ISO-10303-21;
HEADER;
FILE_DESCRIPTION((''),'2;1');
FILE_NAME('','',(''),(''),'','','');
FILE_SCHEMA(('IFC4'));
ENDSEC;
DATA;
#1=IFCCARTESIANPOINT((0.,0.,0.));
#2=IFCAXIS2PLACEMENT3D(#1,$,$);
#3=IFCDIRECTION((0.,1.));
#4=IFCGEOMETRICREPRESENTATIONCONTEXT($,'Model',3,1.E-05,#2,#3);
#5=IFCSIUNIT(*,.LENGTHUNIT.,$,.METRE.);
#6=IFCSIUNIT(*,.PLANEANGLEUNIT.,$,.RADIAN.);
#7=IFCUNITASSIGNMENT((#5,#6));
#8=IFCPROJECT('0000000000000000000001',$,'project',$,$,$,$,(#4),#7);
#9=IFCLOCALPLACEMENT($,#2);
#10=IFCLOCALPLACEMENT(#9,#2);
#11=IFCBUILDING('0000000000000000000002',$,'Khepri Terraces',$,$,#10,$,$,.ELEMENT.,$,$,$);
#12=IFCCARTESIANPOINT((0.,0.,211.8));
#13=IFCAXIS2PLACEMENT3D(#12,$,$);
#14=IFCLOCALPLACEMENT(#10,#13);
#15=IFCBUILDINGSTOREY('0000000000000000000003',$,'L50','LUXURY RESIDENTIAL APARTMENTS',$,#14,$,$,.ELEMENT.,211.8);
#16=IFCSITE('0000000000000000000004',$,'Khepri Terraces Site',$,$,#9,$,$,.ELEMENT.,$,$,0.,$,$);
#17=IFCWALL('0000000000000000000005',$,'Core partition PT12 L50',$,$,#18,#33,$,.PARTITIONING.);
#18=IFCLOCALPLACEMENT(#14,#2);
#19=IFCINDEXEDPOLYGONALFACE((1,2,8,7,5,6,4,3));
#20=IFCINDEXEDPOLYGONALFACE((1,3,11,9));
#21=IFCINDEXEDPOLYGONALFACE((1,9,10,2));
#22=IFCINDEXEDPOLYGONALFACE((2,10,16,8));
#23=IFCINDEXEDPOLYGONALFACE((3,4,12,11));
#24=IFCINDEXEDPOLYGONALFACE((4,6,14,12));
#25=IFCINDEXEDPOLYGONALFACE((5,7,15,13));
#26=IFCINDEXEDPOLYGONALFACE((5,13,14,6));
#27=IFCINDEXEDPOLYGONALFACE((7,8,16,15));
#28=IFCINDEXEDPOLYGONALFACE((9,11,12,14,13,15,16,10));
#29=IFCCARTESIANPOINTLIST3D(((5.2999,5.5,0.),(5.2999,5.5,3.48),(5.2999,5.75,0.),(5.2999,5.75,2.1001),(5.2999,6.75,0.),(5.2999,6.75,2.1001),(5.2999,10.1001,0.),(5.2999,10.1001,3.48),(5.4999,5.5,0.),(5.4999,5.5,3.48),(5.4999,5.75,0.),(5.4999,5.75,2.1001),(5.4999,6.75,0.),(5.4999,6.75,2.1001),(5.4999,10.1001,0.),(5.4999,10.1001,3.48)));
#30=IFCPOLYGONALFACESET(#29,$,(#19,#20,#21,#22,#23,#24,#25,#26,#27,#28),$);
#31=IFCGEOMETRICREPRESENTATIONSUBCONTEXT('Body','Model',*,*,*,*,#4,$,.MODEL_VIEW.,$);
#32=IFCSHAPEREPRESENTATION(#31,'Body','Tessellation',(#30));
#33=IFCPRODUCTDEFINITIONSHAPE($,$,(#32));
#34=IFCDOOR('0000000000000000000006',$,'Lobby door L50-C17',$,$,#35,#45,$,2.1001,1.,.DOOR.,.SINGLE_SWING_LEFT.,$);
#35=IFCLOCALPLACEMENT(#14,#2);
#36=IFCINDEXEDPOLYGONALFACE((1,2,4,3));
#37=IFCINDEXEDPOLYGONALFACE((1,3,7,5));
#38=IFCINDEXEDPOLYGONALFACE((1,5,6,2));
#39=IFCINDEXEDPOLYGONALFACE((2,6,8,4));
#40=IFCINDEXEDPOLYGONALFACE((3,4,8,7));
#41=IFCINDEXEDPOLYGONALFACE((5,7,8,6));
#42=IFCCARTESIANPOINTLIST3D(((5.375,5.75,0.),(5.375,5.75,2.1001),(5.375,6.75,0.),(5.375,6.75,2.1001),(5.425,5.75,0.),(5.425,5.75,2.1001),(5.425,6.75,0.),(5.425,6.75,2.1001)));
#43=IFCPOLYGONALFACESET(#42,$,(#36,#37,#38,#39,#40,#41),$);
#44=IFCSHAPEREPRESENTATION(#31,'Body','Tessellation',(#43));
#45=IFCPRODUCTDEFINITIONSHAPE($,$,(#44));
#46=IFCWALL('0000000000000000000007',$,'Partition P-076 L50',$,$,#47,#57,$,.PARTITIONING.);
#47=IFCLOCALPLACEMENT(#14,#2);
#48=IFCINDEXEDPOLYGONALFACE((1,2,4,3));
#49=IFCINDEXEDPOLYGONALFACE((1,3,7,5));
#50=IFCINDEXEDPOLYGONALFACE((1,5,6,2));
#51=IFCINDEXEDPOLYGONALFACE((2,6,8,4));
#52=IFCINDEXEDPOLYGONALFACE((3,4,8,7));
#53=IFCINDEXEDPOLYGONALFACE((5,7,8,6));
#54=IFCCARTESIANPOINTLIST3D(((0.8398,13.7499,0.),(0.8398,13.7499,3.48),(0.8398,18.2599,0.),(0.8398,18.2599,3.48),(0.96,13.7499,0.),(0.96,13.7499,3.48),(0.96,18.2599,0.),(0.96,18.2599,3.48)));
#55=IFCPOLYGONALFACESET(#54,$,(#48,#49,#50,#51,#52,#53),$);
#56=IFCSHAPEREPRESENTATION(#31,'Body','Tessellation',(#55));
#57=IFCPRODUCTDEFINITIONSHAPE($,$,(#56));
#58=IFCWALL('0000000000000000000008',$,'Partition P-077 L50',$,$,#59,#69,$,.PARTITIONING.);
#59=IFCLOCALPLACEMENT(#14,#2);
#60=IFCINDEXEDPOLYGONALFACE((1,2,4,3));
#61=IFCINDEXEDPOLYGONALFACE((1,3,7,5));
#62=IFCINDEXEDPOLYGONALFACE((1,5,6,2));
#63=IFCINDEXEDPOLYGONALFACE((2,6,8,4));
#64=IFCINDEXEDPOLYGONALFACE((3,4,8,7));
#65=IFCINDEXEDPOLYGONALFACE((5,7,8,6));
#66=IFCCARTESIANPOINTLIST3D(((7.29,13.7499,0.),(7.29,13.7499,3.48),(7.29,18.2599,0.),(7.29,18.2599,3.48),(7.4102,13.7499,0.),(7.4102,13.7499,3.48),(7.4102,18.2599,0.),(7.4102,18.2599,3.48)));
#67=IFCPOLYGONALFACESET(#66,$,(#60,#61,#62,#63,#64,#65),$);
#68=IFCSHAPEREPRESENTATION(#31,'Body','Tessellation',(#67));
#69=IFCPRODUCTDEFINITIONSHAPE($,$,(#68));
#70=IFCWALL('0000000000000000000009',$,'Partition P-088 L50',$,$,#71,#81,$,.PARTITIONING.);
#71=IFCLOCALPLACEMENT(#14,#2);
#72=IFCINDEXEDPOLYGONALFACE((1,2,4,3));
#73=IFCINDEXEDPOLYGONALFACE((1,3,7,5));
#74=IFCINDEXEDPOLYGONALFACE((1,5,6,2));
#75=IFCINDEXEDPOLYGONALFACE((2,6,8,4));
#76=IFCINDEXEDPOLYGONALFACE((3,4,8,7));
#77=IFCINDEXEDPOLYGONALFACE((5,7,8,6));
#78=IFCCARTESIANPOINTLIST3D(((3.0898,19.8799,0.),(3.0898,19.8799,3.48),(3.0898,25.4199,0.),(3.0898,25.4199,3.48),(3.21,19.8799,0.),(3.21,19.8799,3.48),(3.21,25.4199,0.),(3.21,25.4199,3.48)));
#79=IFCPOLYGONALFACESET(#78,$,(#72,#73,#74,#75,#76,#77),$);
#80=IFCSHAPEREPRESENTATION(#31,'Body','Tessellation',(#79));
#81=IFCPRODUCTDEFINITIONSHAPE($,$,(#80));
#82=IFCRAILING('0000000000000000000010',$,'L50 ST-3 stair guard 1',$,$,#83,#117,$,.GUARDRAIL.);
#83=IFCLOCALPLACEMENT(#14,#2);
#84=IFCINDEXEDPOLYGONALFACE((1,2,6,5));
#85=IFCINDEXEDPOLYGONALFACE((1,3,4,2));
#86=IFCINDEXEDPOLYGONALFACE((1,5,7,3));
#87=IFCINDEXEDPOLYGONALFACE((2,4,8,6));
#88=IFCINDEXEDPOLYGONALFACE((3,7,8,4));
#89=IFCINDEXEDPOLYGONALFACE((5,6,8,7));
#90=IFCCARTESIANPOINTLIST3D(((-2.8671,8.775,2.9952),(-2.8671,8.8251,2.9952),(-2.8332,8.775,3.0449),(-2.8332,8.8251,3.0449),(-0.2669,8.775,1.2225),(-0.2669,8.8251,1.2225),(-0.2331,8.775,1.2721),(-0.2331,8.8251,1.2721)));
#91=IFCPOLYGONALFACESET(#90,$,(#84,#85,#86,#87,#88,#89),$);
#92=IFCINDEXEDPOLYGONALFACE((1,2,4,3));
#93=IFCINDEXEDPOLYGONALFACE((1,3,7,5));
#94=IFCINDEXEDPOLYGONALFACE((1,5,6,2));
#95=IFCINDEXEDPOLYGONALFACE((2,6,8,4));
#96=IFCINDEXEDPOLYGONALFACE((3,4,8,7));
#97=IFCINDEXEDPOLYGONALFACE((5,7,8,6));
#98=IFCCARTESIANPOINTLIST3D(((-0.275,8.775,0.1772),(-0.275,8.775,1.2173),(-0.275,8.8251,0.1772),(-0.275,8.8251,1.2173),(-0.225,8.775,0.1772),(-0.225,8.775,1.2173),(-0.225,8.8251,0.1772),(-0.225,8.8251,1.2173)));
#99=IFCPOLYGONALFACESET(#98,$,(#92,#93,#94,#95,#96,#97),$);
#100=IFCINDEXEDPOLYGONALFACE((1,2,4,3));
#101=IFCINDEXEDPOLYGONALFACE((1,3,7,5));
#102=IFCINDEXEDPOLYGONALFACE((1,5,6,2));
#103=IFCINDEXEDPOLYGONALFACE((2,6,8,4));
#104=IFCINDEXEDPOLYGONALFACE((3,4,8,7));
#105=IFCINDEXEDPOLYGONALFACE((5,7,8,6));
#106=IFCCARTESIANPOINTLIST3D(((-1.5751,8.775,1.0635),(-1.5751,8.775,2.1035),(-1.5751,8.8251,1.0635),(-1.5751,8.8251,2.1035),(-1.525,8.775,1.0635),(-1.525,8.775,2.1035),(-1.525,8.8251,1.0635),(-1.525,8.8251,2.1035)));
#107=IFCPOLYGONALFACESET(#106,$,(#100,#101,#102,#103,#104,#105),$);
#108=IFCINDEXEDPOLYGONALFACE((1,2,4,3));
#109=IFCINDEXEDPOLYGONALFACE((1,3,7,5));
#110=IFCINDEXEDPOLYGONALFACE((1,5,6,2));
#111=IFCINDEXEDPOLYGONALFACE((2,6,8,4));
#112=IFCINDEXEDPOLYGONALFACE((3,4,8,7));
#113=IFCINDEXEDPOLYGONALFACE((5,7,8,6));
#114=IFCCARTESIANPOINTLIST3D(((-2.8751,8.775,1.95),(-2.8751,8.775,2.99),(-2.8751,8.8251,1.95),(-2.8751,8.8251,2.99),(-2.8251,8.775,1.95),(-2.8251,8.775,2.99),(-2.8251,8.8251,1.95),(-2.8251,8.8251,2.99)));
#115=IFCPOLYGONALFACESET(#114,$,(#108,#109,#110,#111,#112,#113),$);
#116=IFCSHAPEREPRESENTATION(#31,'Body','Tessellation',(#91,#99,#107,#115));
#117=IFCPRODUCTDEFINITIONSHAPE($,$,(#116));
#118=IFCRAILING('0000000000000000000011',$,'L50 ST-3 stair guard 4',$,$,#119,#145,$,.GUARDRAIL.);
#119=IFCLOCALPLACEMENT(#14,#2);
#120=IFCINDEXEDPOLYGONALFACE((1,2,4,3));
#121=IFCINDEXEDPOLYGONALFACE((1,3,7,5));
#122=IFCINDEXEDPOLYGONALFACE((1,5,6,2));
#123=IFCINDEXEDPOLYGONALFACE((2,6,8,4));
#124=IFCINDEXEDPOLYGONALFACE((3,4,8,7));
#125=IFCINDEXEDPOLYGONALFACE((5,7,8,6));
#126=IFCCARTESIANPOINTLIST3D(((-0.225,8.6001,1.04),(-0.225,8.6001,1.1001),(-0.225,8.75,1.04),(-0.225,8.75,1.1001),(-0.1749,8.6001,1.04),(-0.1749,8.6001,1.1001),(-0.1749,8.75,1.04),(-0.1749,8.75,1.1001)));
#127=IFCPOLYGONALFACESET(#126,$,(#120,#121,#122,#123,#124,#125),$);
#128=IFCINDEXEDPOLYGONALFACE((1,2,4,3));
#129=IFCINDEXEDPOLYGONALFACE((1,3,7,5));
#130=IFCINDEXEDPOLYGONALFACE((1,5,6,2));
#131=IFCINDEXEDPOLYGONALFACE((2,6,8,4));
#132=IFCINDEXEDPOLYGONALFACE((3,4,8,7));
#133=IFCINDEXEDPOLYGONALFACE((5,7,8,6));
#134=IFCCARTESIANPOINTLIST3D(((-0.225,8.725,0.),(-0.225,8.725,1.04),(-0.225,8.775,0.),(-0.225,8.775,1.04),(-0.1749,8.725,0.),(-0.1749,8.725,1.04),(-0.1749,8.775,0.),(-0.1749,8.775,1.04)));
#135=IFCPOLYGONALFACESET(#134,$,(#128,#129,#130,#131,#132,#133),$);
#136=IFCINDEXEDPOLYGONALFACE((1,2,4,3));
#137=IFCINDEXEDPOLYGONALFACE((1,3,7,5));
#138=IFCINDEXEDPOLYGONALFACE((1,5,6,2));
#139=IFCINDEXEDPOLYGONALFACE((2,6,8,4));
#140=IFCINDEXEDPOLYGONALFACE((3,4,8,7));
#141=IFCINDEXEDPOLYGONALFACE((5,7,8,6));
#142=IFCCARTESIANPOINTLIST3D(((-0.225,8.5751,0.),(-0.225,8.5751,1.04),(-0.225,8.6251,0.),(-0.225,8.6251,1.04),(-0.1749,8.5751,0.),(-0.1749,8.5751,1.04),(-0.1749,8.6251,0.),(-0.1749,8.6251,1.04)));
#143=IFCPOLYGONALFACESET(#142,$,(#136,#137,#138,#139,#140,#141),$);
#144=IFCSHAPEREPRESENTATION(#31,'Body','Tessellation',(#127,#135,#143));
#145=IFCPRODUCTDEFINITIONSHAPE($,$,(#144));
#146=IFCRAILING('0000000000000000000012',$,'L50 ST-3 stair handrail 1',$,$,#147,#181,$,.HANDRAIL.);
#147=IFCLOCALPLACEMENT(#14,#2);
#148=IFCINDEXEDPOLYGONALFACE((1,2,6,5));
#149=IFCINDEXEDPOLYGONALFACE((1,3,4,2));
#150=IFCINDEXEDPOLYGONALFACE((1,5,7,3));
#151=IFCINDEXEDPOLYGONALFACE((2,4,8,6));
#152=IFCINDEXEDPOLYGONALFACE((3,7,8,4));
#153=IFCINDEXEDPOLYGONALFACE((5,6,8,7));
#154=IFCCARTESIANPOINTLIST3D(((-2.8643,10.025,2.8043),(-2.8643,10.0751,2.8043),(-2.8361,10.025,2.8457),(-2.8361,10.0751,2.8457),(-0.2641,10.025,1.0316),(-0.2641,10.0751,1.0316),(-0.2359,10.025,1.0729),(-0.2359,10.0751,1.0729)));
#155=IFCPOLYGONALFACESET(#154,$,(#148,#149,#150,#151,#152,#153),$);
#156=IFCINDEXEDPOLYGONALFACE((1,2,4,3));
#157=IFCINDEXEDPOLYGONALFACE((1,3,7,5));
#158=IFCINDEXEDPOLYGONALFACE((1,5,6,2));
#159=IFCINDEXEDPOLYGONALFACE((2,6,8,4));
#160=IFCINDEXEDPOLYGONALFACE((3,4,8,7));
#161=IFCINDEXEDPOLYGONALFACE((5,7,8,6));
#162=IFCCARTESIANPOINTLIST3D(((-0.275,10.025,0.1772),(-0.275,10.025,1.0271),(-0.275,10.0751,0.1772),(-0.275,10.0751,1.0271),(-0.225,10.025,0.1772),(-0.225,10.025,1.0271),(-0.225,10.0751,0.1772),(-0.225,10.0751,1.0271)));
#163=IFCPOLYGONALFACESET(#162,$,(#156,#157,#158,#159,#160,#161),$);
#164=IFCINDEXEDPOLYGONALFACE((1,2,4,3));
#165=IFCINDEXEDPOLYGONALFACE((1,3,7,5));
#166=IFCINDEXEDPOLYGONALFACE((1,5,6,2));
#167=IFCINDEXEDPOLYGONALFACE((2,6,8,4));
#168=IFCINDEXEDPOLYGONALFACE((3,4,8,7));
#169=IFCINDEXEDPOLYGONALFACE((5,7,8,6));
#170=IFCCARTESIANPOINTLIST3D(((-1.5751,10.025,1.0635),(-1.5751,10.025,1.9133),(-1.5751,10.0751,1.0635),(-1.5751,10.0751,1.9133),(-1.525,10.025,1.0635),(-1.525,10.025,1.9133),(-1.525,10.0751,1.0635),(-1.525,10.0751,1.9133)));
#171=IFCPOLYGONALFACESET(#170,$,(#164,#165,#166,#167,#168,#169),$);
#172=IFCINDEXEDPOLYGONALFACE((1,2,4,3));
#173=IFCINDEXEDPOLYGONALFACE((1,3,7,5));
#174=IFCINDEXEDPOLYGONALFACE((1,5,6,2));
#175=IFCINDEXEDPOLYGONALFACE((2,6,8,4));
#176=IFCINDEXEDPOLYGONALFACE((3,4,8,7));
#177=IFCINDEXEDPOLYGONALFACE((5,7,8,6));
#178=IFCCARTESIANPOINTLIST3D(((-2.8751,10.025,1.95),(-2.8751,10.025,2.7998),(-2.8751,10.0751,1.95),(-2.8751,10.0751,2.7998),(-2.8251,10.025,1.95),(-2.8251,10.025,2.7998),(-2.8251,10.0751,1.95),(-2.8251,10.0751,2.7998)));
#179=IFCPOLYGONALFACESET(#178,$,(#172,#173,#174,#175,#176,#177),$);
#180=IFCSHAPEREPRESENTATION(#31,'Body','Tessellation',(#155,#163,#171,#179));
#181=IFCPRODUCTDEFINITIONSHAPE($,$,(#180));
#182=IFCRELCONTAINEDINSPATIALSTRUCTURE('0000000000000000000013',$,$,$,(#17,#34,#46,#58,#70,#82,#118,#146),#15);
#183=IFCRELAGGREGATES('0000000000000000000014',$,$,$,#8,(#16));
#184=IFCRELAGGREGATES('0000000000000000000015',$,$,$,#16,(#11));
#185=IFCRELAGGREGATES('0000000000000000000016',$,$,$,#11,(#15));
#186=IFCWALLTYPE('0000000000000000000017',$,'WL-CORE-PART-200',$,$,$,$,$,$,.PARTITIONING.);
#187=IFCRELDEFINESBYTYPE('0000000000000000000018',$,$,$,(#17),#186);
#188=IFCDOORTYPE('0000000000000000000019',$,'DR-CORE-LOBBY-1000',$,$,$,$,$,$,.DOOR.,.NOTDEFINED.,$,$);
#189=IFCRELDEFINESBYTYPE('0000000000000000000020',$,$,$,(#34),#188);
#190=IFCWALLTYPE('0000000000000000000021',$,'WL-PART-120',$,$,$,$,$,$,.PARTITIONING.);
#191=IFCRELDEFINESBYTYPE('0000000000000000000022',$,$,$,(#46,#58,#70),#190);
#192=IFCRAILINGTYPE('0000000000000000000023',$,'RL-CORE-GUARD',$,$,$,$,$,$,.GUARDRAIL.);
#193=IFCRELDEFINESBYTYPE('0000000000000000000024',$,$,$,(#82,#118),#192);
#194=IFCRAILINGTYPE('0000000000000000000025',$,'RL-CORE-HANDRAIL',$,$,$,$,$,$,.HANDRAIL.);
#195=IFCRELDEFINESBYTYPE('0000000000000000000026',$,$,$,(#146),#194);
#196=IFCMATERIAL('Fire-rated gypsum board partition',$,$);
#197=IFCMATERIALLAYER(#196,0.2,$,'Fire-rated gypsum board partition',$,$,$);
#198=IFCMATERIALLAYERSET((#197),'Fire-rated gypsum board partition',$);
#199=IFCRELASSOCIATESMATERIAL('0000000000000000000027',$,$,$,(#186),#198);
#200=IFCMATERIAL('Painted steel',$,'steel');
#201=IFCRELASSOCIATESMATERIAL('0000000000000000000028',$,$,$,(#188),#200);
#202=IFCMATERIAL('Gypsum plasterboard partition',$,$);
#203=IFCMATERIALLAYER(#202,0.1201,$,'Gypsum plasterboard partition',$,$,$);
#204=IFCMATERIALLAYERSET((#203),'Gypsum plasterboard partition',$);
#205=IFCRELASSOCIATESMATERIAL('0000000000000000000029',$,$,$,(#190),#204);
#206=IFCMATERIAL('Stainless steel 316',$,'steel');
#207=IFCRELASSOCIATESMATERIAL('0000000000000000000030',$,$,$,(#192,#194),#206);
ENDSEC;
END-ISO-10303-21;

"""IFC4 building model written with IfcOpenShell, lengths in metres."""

from ifc_helpers import new_model, si_unit, direction, frame, frame_2d, origin, origin_2d, place, context, subcontext, project, spatial, rectangle, extrude, material, layer, layer_set, type_object, element, fill, save


model = new_model("IFC4")

# Units and contexts
model_context = context("Model", 3, precision=1e-05, world=origin(), true_north=direction((0.0, 1.0)))
body_context = subcontext(model_context, "Body", "Model", "MODEL_VIEW")
ifc_project = project(units=[si_unit("LENGTHUNIT", "METRE"), si_unit("PLANEANGLEUNIT", "RADIAN")], contexts=[model_context])

# Site, building, storey
site_placement = place(None, origin())
site = spatial("IfcSite", under=ifc_project, at=site_placement, Name="Khepri Terraces Site", CompositionType="ELEMENT", RefElevation=0.0)
building_placement = place(site_placement, origin())
building = spatial("IfcBuilding", under=site, at=building_placement, Name="Khepri Terraces", CompositionType="ELEMENT")
storey_placement = place(building_placement, frame((0.0, 0.0, 211.8)))
storey = spatial("IfcBuildingStorey", under=building, at=storey_placement, Name="L50", Description="LUXURY RESIDENTIAL APARTMENTS", CompositionType="ELEMENT", Elevation=211.8)

# Shared definitions
ifc_material_1 = material(Name="Painted steel", Category="steel")

# Wall, opening, door
ifc_material_2 = material(Name="Fire-rated gypsum board partition")
ifc_layer_1 = layer(ifc_material_2, 0.2, Name="Fire-rated gypsum board partition")
ifc_layer_set_1 = layer_set([ifc_layer_1], Name="Fire-rated gypsum board partition")
wall_type_1 = type_object("IfcWallType", Name="WL-CORE-PART-200", PredefinedType="PARTITIONING", material=ifc_layer_set_1)
wall_1_placement = place(storey_placement, frame((5.3999, 5.5, 0.0), z_axis=(0.0, 0.0, 1.0), x_axis=(0.0, 1.0, 0.0)))
wall_1 = element("IfcWall", 1, at=wall_1_placement, inside=storey, type_object=wall_type_1, Name="Core partition PT12 L50", PredefinedType="PARTITIONING", context=body_context, shape_type="SweptSolid", body=[
    extrude(rectangle(XDim=4.6001, YDim=0.2, at=frame_2d((2.3, 0.0))), origin(), (0.0, 0.0, 1.0), 3.48),
])
opening_1_placement = place(wall_1_placement, frame((0.25, 0.0, 0.0)))
opening_1 = element("IfcOpeningElement", 2, at=opening_1_placement, cuts=wall_1, PredefinedType="OPENING", context=body_context, shape_type="SweptSolid", body=[
    extrude(rectangle(XDim=1.0, YDim=2.1001, at=frame_2d((0.5, 1.05))), frame((0.0, 0.1099, 0.0), z_axis=(0.0, -1.0, 0.0), x_axis=(1.0, 0.0, 0.0)), (0.0, 0.0, 1.0), 0.22),
])
door_type_1 = type_object("IfcDoorType", Name="DR-CORE-LOBBY-1000", OperationType="NOTDEFINED", PredefinedType="DOOR", material=ifc_material_1)
door_1_placement = place(opening_1_placement, origin())
door_1 = element("IfcDoor", 3, at=door_1_placement, inside=storey, type_object=door_type_1, Name="Lobby door L50-C17", OperationType="SINGLE_SWING_LEFT", OverallHeight=2.1001, OverallWidth=1.0, PredefinedType="DOOR", context=body_context, shape_type="SweptSolid", body=[
    extrude(rectangle(XDim=1.0, YDim=2.1001, at=frame_2d((0.5, 1.05))), frame((0.0, 0.0249, 0.0), z_axis=(0.0, -1.0, 0.0), x_axis=(1.0, 0.0, 0.0)), (0.0, 0.0, 1.0), 0.05),
])
fill(opening_1, door_1)

# Walls
ifc_material_3 = material(Name="Gypsum plasterboard partition")
ifc_layer_2 = layer(ifc_material_3, 0.1201, Name="Gypsum plasterboard partition")
ifc_layer_set_2 = layer_set([ifc_layer_2], Name="Gypsum plasterboard partition")
wall_type_2 = type_object("IfcWallType", Name="WL-PART-120", PredefinedType="PARTITIONING", material=ifc_layer_set_2)
for number, where, z_axis, x_axis, name in (
    (4, (0.8999, 13.75, 0.0), (0.0, 0.0, 1.0), (0.0, 1.0, 0.0), "Partition P-076 L50"),
    (5, (7.3501, 13.75, 0.0), (0.0, 0.0, 1.0), (0.0, 1.0, 0.0), "Partition P-077 L50"),
):
    element("IfcWall", number, at=place(storey_placement, frame(where, z_axis=z_axis, x_axis=x_axis)), inside=storey, type_object=wall_type_2, Name=name, PredefinedType="PARTITIONING", context=body_context, shape_type="SweptSolid", body=[
        extrude(rectangle(XDim=4.51, YDim=0.1201, at=frame_2d((2.2549, 0.0))), origin(), (0.0, 0.0, 1.0), 3.48),
    ])
wall_2_placement = place(storey_placement, frame((3.1499, 19.8799, 0.0), z_axis=(0.0, 0.0, 1.0), x_axis=(0.0, 1.0, 0.0)))
element("IfcWall", 6, at=wall_2_placement, inside=storey, type_object=wall_type_2, Name="Partition P-088 L50", PredefinedType="PARTITIONING", context=body_context, shape_type="SweptSolid", body=[
    extrude(rectangle(XDim=5.54, YDim=0.1201, at=frame_2d((2.77, 0.0))), origin(), (0.0, 0.0, 1.0), 3.48),
])

# Railings
ifc_material_4 = material(Name="Stainless steel 316", Category="steel")
railing_type_1 = type_object("IfcRailingType", Name="RL-CORE-GUARD", PredefinedType="GUARDRAIL", material=ifc_material_4)
railing_1_placement = place(storey_placement, frame((-0.25, 8.8, 0.1772)))
element("IfcRailing", 7, at=railing_1_placement, inside=storey, type_object=railing_type_1, Name="L50 ST-3 stair guard 1", PredefinedType="GUARDRAIL", context=body_context, shape_type="SweptSolid", body=[
    extrude(rectangle(XDim=0.05, YDim=0.0601, at=origin_2d()), frame((0.0, 0.0, 1.0701), z_axis=(-0.82624, 0.0, 0.563318), x_axis=(0.0, -1.0, 0.0)), (0.0, 0.0, 1.0), 3.147),
    extrude(rectangle(XDim=0.05, YDim=0.05, at=origin_2d()), origin(), (0.0, 0.0, 1.0), 1.04),
    extrude(rectangle(XDim=0.05, YDim=0.05, at=origin_2d()), frame((-1.3, 0.0, 0.8862)), (0.0, 0.0, 1.0), 1.04),
    extrude(rectangle(XDim=0.05, YDim=0.05, at=origin_2d()), frame((-2.6001, 0.0, 1.7727)), (0.0, 0.0, 1.0), 1.04),
])
railing_2_placement = place(storey_placement, frame((-0.2, 8.75, 0.0)))
element("IfcRailing", 8, at=railing_2_placement, inside=storey, type_object=railing_type_1, Name="L50 ST-3 stair guard 4", PredefinedType="GUARDRAIL", context=body_context, shape_type="SweptSolid", body=[
    extrude(rectangle(XDim=0.05, YDim=0.0601, at=origin_2d()), frame((0.0, 0.0, 1.0701), z_axis=(0.0, -1.0, 0.0), x_axis=(1.0, 0.0, 0.0)), (0.0, 0.0, 1.0), 0.1499),
    extrude(rectangle(XDim=0.05, YDim=0.05, at=origin_2d()), origin(), (0.0, 0.0, 1.0), 1.04),
    extrude(rectangle(XDim=0.05, YDim=0.05, at=origin_2d()), frame((0.0, -0.1499, 0.0)), (0.0, 0.0, 1.0), 1.04),
])
railing_type_2 = type_object("IfcRailingType", Name="RL-CORE-HANDRAIL", PredefinedType="HANDRAIL", material=ifc_material_4)
railing_3_placement = place(storey_placement, frame((-0.25, 10.05, 0.1772)))
element("IfcRailing", 9, at=railing_3_placement, inside=storey, type_object=railing_type_2, Name="L50 ST-3 stair handrail 1", PredefinedType="HANDRAIL", context=body_context, shape_type="SweptSolid", body=[
    extrude(rectangle(XDim=0.05, YDim=0.05, at=origin_2d()), frame((0.0, 0.0, 0.875), z_axis=(-0.82624, 0.0, 0.563318), x_axis=(0.0, -1.0, 0.0)), (0.0, 0.0, 1.0), 3.147),
    extrude(rectangle(XDim=0.05, YDim=0.05, at=origin_2d()), origin(), (0.0, 0.0, 1.0), 0.8499),
    extrude(rectangle(XDim=0.05, YDim=0.05, at=origin_2d()), frame((-1.3, 0.0, 0.8862)), (0.0, 0.0, 1.0), 0.8499),
    extrude(rectangle(XDim=0.05, YDim=0.05, at=origin_2d()), frame((-2.6001, 0.0, 1.7727)), (0.0, 0.0, 1.0), 0.8499),
])

save(model, "model.ifc")
